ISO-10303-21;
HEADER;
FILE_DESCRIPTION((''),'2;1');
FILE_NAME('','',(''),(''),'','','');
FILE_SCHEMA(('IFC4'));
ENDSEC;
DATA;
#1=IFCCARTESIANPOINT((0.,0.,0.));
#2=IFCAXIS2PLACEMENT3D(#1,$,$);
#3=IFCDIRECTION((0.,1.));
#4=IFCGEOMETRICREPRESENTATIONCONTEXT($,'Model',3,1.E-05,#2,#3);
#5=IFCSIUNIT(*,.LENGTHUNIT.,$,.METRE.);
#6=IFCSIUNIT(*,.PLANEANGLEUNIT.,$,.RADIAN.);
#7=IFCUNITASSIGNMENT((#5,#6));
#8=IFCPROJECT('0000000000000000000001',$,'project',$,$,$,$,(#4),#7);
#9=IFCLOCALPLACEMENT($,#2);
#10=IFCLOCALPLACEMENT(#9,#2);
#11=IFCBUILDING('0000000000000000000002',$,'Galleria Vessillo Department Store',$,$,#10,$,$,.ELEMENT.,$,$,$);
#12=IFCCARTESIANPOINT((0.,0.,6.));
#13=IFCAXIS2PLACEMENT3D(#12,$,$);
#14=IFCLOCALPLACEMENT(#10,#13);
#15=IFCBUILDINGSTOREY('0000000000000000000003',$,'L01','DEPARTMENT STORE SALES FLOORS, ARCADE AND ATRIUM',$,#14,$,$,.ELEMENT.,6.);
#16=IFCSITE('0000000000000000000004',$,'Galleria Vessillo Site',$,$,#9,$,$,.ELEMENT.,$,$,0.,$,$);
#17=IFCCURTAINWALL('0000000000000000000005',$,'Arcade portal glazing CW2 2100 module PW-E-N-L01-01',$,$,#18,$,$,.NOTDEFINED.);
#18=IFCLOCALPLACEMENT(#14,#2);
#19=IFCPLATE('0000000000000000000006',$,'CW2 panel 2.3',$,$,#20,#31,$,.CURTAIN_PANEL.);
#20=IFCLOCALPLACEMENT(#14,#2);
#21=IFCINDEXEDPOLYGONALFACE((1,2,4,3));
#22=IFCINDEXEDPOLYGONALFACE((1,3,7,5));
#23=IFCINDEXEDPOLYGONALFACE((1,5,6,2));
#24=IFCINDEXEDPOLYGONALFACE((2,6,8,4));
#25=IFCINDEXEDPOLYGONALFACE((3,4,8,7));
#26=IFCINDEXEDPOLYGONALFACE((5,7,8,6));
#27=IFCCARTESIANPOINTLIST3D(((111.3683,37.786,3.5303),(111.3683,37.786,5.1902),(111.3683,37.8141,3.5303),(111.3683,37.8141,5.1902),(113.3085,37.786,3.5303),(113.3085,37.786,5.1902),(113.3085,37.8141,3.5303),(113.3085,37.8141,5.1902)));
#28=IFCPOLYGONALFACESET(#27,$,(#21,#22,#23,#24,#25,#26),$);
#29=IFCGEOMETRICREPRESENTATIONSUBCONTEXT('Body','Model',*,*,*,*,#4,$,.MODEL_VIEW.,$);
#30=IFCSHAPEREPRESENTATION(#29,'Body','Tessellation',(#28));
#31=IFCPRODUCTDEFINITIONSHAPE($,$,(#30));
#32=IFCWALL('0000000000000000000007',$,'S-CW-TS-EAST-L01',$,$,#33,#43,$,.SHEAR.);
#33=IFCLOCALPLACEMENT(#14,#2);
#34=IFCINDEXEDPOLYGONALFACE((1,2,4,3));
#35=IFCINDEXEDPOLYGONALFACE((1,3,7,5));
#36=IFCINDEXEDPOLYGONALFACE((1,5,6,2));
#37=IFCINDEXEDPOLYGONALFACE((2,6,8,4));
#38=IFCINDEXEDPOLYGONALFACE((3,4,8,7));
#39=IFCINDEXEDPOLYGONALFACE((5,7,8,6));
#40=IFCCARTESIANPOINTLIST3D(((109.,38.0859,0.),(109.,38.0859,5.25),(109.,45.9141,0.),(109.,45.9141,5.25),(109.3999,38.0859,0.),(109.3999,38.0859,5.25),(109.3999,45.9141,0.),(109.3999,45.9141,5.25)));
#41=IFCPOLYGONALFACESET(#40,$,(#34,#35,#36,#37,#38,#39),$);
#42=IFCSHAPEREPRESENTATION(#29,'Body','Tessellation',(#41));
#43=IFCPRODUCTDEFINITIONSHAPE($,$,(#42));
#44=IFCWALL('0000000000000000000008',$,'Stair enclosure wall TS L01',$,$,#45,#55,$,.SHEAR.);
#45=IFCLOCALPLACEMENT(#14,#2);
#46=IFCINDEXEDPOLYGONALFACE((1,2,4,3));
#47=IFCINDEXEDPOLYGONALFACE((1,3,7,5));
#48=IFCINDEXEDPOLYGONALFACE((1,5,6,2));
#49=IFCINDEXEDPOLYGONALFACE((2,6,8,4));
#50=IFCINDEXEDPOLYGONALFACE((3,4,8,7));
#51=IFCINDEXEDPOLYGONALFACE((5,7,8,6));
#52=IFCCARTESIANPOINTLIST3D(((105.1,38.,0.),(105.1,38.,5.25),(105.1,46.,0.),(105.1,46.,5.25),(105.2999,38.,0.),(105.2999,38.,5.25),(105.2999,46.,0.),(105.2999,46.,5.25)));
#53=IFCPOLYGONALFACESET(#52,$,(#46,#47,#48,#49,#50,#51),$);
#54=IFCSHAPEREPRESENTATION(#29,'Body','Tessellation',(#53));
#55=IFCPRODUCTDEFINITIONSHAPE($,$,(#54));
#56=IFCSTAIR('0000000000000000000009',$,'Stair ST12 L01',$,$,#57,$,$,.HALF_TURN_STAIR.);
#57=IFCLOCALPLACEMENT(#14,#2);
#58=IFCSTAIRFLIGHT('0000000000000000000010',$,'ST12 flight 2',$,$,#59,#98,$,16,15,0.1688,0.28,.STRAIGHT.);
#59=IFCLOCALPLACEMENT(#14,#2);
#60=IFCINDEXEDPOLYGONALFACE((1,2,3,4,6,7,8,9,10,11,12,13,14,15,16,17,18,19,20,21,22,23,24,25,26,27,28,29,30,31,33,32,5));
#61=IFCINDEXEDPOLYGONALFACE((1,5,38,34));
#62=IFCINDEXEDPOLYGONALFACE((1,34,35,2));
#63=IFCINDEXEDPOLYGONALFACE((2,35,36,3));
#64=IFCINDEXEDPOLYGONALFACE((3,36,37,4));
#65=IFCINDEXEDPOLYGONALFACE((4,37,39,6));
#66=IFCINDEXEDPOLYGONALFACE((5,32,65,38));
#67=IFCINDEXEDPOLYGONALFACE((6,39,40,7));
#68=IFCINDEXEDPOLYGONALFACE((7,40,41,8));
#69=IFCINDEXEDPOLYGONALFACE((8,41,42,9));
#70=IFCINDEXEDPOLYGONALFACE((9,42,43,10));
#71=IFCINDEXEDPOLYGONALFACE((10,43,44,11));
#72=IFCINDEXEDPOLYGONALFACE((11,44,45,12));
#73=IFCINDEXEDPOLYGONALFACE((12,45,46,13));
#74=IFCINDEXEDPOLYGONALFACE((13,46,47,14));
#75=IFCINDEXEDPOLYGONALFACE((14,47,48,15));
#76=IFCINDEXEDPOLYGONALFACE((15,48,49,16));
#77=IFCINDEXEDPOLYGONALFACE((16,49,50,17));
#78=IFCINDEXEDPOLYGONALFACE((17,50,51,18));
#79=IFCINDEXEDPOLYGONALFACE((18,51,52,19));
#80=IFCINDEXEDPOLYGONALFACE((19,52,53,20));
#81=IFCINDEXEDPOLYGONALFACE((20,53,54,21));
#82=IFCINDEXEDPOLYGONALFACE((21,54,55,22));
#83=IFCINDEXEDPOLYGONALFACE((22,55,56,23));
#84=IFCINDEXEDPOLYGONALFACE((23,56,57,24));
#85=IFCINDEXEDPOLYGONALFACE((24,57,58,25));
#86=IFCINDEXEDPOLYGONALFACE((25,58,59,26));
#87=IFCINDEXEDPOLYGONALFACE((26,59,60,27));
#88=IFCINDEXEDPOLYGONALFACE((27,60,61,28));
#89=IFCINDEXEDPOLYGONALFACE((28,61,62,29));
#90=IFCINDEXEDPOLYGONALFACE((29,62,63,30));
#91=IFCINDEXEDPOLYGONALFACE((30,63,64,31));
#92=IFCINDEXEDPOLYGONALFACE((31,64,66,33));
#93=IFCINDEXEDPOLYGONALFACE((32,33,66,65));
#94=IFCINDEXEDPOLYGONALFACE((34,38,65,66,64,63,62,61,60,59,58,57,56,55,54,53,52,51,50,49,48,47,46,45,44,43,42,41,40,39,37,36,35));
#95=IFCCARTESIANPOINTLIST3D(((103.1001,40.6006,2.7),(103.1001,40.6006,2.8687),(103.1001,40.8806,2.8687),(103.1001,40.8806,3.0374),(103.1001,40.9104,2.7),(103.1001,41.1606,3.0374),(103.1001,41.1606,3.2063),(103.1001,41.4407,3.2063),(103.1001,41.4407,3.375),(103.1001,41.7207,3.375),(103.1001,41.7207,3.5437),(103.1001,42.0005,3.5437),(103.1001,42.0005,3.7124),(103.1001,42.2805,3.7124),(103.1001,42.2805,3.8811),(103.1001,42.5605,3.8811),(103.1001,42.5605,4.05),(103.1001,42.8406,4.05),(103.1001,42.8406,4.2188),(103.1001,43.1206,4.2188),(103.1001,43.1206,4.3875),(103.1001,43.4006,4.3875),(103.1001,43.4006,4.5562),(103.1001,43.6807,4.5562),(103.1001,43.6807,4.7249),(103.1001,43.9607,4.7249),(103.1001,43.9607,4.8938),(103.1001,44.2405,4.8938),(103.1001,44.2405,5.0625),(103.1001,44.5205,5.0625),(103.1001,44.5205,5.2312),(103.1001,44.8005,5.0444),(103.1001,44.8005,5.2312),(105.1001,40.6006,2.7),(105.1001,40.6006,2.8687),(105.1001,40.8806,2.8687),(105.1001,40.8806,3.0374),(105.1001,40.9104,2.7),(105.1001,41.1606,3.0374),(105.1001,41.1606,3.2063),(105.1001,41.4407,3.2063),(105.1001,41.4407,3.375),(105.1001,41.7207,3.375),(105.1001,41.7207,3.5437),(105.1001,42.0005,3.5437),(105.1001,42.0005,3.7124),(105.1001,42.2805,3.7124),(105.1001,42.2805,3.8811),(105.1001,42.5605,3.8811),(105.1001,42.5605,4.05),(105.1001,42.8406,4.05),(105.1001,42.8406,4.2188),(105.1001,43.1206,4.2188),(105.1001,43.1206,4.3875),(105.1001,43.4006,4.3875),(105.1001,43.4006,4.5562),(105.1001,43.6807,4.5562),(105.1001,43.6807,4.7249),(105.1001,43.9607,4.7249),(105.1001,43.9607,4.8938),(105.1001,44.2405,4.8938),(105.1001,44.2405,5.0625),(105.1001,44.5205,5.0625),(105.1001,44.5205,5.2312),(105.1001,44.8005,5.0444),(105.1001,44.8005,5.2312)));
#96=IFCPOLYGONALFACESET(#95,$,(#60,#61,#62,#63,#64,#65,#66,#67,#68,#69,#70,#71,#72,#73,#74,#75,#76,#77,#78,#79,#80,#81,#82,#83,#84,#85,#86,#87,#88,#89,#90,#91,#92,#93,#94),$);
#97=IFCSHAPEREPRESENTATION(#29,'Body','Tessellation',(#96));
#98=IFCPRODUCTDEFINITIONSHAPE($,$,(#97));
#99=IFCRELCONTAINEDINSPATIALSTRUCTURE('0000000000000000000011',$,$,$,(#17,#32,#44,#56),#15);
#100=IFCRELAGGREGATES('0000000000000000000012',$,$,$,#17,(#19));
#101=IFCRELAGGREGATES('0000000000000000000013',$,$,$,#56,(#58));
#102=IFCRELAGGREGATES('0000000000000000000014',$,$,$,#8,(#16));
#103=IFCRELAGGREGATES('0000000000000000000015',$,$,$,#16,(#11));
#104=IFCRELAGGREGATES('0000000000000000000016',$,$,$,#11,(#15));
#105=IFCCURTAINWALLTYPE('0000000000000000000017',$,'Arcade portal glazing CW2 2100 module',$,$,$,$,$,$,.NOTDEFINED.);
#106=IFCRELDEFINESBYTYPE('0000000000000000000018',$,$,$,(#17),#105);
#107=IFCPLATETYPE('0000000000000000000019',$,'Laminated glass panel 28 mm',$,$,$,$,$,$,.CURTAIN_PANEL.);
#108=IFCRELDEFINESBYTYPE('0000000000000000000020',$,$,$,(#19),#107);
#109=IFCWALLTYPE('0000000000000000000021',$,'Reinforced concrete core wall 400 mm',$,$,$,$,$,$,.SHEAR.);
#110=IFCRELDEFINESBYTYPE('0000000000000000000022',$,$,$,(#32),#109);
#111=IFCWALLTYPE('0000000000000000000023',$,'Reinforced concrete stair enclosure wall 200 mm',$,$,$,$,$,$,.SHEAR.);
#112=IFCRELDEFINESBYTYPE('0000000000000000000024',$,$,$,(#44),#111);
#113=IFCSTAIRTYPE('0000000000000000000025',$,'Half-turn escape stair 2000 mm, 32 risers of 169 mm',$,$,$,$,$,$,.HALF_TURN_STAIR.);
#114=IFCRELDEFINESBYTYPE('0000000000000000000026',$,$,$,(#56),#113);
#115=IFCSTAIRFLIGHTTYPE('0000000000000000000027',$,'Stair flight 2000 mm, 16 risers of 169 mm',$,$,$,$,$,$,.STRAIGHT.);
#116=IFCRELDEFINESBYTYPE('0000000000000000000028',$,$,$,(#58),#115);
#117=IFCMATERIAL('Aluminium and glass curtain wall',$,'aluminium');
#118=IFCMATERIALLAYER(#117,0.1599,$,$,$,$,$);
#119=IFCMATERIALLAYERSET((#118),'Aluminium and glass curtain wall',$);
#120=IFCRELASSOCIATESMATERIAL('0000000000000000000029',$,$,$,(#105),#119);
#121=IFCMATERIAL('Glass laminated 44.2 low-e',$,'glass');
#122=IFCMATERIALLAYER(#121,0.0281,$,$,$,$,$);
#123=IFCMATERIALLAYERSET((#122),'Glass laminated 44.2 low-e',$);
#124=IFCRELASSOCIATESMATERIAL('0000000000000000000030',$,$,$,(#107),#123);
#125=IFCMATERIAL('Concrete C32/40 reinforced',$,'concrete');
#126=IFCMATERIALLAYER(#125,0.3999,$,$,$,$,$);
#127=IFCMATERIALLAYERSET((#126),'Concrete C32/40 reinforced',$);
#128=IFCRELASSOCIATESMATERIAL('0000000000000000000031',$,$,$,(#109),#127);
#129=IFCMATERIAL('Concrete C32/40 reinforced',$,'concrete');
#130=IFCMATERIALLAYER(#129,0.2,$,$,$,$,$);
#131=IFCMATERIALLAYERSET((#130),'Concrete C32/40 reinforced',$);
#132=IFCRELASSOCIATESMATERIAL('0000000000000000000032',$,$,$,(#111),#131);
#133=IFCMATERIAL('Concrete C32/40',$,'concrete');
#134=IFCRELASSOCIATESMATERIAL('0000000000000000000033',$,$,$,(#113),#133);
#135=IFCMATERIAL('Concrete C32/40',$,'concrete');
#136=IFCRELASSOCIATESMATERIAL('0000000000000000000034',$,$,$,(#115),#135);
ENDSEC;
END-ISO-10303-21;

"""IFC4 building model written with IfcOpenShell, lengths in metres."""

from ifc_helpers import new_model, si_unit, direction, frame, frame_2d, origin, origin_2d, place, context, subcontext, project, spatial, polyline, rectangle, outline, extrude, material, layer, layer_set, type_object, element, aggregate, save


model = new_model("IFC4")

# Units and contexts
model_context = context("Model", 3, precision=1e-05, world=origin(), true_north=direction((0.0, 1.0)))
body_context = subcontext(model_context, "Body", "Model", "MODEL_VIEW")
ifc_project = project(units=[si_unit("LENGTHUNIT", "METRE"), si_unit("PLANEANGLEUNIT", "RADIAN")], contexts=[model_context])

# Site, building, storey
site_placement = place(None, origin())
site = spatial("IfcSite", under=ifc_project, at=site_placement, Name="Galleria Vessillo Site", CompositionType="ELEMENT", RefElevation=0.0)
building_placement = place(site_placement, origin())
building = spatial("IfcBuilding", under=site, at=building_placement, Name="Galleria Vessillo Department Store", CompositionType="ELEMENT")
storey_placement = place(building_placement, frame((0.0, 0.0, 6.0)))
storey = spatial("IfcBuildingStorey", under=building, at=storey_placement, Name="L01", Description="DEPARTMENT STORE SALES FLOORS, ARCADE AND ATRIUM", CompositionType="ELEMENT", Elevation=6.0)

# Curtain wall
ifc_material_1 = material(Name="Aluminium and glass curtain wall", Category="aluminium")
ifc_layer_1 = layer(ifc_material_1, 0.1599)
ifc_layer_set_1 = layer_set([ifc_layer_1], Name="Aluminium and glass curtain wall")
curtain_wall_type = type_object("IfcCurtainWallType", Name="Arcade portal glazing CW2 2100 module", PredefinedType="NOTDEFINED", material=ifc_layer_set_1)
curtain_wall_placement = place(storey_placement, origin())
curtain_wall = element("IfcCurtainWall", 1, at=curtain_wall_placement, inside=storey, type_object=curtain_wall_type, Name="Arcade portal glazing CW2 2100 module PW-E-N-L01-01", PredefinedType="NOTDEFINED")

# Plate
ifc_material_2 = material(Name="Glass laminated 44.2 low-e", Category="glass")
ifc_layer_2 = layer(ifc_material_2, 0.0281)
ifc_layer_set_2 = layer_set([ifc_layer_2], Name="Glass laminated 44.2 low-e")
plate_type = type_object("IfcPlateType", Name="Laminated glass panel 28 mm", PredefinedType="CURTAIN_PANEL", material=ifc_layer_set_2)
plate_1_placement = place(storey_placement, frame((112.3384, 37.8, 3.5303), z_axis=(0.0, 0.0, 1.0), x_axis=(1.0, 0.0, 0.0)))
plate_1 = element("IfcPlate", 2, at=plate_1_placement, type_object=plate_type, Name="CW2 panel 2.3", PredefinedType="CURTAIN_PANEL", context=body_context, shape_type="SweptSolid", body=[
    extrude(rectangle(XDim=1.9402, YDim=0.0281, at=origin_2d()), origin(), (0.0, 0.0, 1.0), 1.6599),
])
aggregate(curtain_wall, [plate_1])

# Walls
ifc_material_3 = material(Name="Concrete C32/40 reinforced", Category="concrete")
ifc_layer_3 = layer(ifc_material_3, 0.3999)
ifc_layer_set_3 = layer_set([ifc_layer_3], Name="Concrete C32/40 reinforced")
wall_type_1 = type_object("IfcWallType", Name="Reinforced concrete core wall 400 mm", PredefinedType="SHEAR", material=ifc_layer_set_3)
wall_1_placement = place(storey_placement, frame((109.2, 38.0859, 0.0), z_axis=(0.0, 0.0, 1.0), x_axis=(0.0, 1.0, 0.0)))
element("IfcWall", 3, at=wall_1_placement, inside=storey, type_object=wall_type_1, Name="S-CW-TS-EAST-L01", PredefinedType="SHEAR", context=body_context, shape_type="SweptSolid", body=[
    extrude(rectangle(XDim=7.8281, YDim=0.3999, at=frame_2d((3.9141, 0.0))), origin(), (0.0, 0.0, 1.0), 5.25),
])
ifc_material_4 = material(Name="Concrete C32/40 reinforced", Category="concrete")
ifc_layer_4 = layer(ifc_material_4, 0.2)
ifc_layer_set_4 = layer_set([ifc_layer_4], Name="Concrete C32/40 reinforced")
wall_type_2 = type_object("IfcWallType", Name="Reinforced concrete stair enclosure wall 200 mm", PredefinedType="SHEAR", material=ifc_layer_set_4)
wall_2_placement = place(storey_placement, frame((105.2, 38.0, 0.0), z_axis=(0.0, 0.0, 1.0), x_axis=(0.0, 1.0, 0.0)))
element("IfcWall", 4, at=wall_2_placement, inside=storey, type_object=wall_type_2, Name="Stair enclosure wall TS L01", PredefinedType="SHEAR", context=body_context, shape_type="SweptSolid", body=[
    extrude(rectangle(XDim=8.0, YDim=0.2, at=frame_2d((4.0, 0.0))), origin(), (0.0, 0.0, 1.0), 5.25),
])

# Stair, stair flight
ifc_material_5 = material(Name="Concrete C32/40", Category="concrete")
stair_type = type_object("IfcStairType", Name="Half-turn escape stair 2000 mm, 32 risers of 169 mm", PredefinedType="HALF_TURN_STAIR", material=ifc_material_5)
stair_placement = place(storey_placement, origin())
stair = element("IfcStair", 5, at=stair_placement, inside=storey, type_object=stair_type, Name="Stair ST12 L01", PredefinedType="HALF_TURN_STAIR")
ifc_material_6 = material(Name="Concrete C32/40", Category="concrete")
stair_flight_type = type_object("IfcStairFlightType", Name="Stair flight 2000 mm, 16 risers of 169 mm", PredefinedType="STRAIGHT", material=ifc_material_6)
stair_flight_placement = place(storey_placement, frame((104.1001, 40.6006, 2.7), z_axis=(0.0, 0.0, 1.0), x_axis=(0.0, 1.0, 0.0)))
stair_flight = element("IfcStairFlight", 6, at=stair_flight_placement, type_object=stair_flight_type, Name="ST12 flight 2", NumberOfRisers=16, NumberOfTreads=15, PredefinedType="STRAIGHT", RiserHeight=0.1688, TreadLength=0.28, context=body_context, shape_type="SweptSolid", body=[
    extrude(outline(polyline([(0.0, 0.0), (0.0, 0.1687), (0.28, 0.1687), (0.28, 0.3374), (0.5601, 0.3374), (0.5601, 0.5063), (0.8401, 0.5063), (0.8401, 0.675), (1.1201, 0.675), (1.1201, 0.8438), (1.3999, 0.8438), (1.3999, 1.0125), (1.6799, 1.0125), (1.6799, 1.1812), (1.96, 1.1812), (1.96, 1.3501), (2.24, 1.3501), (2.24, 1.5188), (2.52, 1.5188), (2.52, 1.6875), (2.8, 1.6875), (2.8, 1.8562), (3.0801, 1.8562), (3.0801, 2.0249), (3.3601, 2.0249), (3.3601, 2.1938), (3.6399, 2.1938), (3.6399, 2.3625), (3.9199, 2.3625), (3.9199, 2.5312), (4.2, 2.5312), (4.2, 2.7), (4.2, 2.3445), (0.3098, 0.0), (0.0, 0.0)])), frame((0.0, 1.0, 0.0), z_axis=(0.0, -1.0, 0.0), x_axis=(1.0, 0.0, 0.0)), (0.0, 0.0, 1.0), 2.0),
])
aggregate(stair, [stair_flight])

save(model, "model.ifc")
